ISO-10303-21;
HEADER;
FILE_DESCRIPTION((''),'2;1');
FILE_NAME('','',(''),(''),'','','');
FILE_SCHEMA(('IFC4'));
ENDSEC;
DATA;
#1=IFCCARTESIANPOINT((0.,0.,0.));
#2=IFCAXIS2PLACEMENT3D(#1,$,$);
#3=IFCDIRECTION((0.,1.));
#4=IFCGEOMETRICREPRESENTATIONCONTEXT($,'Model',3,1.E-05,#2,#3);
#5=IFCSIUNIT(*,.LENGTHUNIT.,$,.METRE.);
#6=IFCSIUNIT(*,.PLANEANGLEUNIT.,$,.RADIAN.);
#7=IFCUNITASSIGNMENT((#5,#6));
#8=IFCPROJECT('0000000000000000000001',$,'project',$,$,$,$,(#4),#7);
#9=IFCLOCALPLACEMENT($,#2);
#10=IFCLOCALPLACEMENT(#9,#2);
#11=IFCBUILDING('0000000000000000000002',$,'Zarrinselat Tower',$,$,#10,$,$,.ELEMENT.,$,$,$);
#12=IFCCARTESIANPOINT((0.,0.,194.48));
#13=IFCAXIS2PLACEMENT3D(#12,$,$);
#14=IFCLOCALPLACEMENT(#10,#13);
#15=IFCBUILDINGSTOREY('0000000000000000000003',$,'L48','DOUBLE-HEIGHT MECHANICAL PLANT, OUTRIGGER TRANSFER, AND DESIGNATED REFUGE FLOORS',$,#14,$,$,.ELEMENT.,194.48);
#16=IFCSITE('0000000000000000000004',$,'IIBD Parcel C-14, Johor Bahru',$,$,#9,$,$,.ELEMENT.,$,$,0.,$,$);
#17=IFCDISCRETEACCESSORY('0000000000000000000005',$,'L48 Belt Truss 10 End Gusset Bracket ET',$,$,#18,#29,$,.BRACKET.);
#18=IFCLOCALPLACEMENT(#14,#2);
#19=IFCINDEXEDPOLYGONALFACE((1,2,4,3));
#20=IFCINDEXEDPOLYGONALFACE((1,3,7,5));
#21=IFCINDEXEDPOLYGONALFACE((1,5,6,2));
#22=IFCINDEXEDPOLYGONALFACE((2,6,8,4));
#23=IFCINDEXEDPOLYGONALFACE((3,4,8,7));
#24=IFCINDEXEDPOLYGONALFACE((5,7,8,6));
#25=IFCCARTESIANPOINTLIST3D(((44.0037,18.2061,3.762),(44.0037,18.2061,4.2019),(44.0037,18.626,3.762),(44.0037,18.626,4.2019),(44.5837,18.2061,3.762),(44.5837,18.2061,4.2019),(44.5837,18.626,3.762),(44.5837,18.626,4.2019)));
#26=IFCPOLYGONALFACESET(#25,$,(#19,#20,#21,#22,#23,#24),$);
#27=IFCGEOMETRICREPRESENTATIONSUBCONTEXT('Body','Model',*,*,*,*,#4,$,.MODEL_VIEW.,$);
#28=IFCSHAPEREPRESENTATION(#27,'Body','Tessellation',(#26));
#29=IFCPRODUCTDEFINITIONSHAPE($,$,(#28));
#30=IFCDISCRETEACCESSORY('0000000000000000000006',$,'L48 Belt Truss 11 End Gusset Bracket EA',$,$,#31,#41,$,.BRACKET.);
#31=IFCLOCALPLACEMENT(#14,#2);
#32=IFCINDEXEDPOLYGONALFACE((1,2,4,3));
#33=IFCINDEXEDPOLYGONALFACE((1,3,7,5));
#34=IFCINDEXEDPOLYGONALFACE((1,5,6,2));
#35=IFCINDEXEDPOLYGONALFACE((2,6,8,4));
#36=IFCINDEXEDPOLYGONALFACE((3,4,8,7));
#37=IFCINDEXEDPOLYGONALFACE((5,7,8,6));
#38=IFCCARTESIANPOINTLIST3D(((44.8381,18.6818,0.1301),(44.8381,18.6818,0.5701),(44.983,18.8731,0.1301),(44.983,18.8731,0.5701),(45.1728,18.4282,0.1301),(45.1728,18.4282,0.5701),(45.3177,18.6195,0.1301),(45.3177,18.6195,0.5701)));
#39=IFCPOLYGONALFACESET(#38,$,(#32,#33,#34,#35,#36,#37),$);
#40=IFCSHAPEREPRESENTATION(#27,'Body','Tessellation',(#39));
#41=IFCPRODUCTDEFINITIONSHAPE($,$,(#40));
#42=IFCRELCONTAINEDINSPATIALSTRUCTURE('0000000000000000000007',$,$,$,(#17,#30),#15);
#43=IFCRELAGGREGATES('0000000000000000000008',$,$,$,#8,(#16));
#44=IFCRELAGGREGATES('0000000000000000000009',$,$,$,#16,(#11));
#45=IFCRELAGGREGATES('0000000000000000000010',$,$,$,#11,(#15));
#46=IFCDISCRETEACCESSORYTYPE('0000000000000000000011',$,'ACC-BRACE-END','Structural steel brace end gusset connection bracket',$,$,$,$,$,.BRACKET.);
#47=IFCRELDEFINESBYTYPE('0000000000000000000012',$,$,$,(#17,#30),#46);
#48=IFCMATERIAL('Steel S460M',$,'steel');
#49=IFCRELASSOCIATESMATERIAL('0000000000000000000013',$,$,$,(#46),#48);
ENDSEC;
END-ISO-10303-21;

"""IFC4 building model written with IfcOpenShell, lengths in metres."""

from ifc_helpers import new_model, si_unit, direction, frame, origin, origin_2d, place, context, subcontext, project, spatial, rectangle, extrude, material, type_object, element, save


model = new_model("IFC4")

# Units and contexts
model_context = context("Model", 3, precision=1e-05, world=origin(), true_north=direction((0.0, 1.0)))
body_context = subcontext(model_context, "Body", "Model", "MODEL_VIEW")
ifc_project = project(units=[si_unit("LENGTHUNIT", "METRE"), si_unit("PLANEANGLEUNIT", "RADIAN")], contexts=[model_context])

# Site, building, storey
site_placement = place(None, origin())
site = spatial("IfcSite", under=ifc_project, at=site_placement, Name="IIBD Parcel C-14, Johor Bahru", CompositionType="ELEMENT", RefElevation=0.0)
building_placement = place(site_placement, origin())
building = spatial("IfcBuilding", under=site, at=building_placement, Name="Zarrinselat Tower", CompositionType="ELEMENT")
storey_placement = place(building_placement, frame((0.0, 0.0, 194.48)))
storey = spatial("IfcBuildingStorey", under=building, at=storey_placement, Name="L48", Description="DOUBLE-HEIGHT MECHANICAL PLANT, OUTRIGGER TRANSFER, AND DESIGNATED REFUGE FLOORS", CompositionType="ELEMENT", Elevation=194.48)

# Discrete accessories
ifc_material_1 = material(Name="Steel S460M", Category="steel")
discrete_accessory_type = type_object("IfcDiscreteAccessoryType", Name="ACC-BRACE-END", Description="Structural steel brace end gusset connection bracket", PredefinedType="BRACKET", material=ifc_material_1)
discrete_accessory_1_placement = place(storey_placement, frame((44.2937, 18.416, 3.762), z_axis=(0.0, 0.0, 1.0), x_axis=(1.0, 0.0, 0.0)))
element("IfcDiscreteAccessory", 1, at=discrete_accessory_1_placement, inside=storey, type_object=discrete_accessory_type, Name="L48 Belt Truss 10 End Gusset Bracket ET", PredefinedType="BRACKET", context=body_context, shape_type="SweptSolid", body=[
    extrude(rectangle(XDim=0.5801, YDim=0.4199, at=origin_2d()), origin(), (0.0, 0.0, 1.0), 0.4399),
])
discrete_accessory_2_placement = place(storey_placement, frame((45.0779, 18.6506, 0.1301), z_axis=(0.0, 0.0, 1.0), x_axis=(0.603856, 0.797093, 0.0)))
element("IfcDiscreteAccessory", 2, at=discrete_accessory_2_placement, inside=storey, type_object=discrete_accessory_type, Name="L48 Belt Truss 11 End Gusset Bracket EA", PredefinedType="BRACKET", context=body_context, shape_type="SweptSolid", body=[
    extrude(rectangle(XDim=0.24, YDim=0.4199, at=origin_2d()), origin(), (0.0, 0.0, 1.0), 0.4399),
])

save(model, "model.ifc")
